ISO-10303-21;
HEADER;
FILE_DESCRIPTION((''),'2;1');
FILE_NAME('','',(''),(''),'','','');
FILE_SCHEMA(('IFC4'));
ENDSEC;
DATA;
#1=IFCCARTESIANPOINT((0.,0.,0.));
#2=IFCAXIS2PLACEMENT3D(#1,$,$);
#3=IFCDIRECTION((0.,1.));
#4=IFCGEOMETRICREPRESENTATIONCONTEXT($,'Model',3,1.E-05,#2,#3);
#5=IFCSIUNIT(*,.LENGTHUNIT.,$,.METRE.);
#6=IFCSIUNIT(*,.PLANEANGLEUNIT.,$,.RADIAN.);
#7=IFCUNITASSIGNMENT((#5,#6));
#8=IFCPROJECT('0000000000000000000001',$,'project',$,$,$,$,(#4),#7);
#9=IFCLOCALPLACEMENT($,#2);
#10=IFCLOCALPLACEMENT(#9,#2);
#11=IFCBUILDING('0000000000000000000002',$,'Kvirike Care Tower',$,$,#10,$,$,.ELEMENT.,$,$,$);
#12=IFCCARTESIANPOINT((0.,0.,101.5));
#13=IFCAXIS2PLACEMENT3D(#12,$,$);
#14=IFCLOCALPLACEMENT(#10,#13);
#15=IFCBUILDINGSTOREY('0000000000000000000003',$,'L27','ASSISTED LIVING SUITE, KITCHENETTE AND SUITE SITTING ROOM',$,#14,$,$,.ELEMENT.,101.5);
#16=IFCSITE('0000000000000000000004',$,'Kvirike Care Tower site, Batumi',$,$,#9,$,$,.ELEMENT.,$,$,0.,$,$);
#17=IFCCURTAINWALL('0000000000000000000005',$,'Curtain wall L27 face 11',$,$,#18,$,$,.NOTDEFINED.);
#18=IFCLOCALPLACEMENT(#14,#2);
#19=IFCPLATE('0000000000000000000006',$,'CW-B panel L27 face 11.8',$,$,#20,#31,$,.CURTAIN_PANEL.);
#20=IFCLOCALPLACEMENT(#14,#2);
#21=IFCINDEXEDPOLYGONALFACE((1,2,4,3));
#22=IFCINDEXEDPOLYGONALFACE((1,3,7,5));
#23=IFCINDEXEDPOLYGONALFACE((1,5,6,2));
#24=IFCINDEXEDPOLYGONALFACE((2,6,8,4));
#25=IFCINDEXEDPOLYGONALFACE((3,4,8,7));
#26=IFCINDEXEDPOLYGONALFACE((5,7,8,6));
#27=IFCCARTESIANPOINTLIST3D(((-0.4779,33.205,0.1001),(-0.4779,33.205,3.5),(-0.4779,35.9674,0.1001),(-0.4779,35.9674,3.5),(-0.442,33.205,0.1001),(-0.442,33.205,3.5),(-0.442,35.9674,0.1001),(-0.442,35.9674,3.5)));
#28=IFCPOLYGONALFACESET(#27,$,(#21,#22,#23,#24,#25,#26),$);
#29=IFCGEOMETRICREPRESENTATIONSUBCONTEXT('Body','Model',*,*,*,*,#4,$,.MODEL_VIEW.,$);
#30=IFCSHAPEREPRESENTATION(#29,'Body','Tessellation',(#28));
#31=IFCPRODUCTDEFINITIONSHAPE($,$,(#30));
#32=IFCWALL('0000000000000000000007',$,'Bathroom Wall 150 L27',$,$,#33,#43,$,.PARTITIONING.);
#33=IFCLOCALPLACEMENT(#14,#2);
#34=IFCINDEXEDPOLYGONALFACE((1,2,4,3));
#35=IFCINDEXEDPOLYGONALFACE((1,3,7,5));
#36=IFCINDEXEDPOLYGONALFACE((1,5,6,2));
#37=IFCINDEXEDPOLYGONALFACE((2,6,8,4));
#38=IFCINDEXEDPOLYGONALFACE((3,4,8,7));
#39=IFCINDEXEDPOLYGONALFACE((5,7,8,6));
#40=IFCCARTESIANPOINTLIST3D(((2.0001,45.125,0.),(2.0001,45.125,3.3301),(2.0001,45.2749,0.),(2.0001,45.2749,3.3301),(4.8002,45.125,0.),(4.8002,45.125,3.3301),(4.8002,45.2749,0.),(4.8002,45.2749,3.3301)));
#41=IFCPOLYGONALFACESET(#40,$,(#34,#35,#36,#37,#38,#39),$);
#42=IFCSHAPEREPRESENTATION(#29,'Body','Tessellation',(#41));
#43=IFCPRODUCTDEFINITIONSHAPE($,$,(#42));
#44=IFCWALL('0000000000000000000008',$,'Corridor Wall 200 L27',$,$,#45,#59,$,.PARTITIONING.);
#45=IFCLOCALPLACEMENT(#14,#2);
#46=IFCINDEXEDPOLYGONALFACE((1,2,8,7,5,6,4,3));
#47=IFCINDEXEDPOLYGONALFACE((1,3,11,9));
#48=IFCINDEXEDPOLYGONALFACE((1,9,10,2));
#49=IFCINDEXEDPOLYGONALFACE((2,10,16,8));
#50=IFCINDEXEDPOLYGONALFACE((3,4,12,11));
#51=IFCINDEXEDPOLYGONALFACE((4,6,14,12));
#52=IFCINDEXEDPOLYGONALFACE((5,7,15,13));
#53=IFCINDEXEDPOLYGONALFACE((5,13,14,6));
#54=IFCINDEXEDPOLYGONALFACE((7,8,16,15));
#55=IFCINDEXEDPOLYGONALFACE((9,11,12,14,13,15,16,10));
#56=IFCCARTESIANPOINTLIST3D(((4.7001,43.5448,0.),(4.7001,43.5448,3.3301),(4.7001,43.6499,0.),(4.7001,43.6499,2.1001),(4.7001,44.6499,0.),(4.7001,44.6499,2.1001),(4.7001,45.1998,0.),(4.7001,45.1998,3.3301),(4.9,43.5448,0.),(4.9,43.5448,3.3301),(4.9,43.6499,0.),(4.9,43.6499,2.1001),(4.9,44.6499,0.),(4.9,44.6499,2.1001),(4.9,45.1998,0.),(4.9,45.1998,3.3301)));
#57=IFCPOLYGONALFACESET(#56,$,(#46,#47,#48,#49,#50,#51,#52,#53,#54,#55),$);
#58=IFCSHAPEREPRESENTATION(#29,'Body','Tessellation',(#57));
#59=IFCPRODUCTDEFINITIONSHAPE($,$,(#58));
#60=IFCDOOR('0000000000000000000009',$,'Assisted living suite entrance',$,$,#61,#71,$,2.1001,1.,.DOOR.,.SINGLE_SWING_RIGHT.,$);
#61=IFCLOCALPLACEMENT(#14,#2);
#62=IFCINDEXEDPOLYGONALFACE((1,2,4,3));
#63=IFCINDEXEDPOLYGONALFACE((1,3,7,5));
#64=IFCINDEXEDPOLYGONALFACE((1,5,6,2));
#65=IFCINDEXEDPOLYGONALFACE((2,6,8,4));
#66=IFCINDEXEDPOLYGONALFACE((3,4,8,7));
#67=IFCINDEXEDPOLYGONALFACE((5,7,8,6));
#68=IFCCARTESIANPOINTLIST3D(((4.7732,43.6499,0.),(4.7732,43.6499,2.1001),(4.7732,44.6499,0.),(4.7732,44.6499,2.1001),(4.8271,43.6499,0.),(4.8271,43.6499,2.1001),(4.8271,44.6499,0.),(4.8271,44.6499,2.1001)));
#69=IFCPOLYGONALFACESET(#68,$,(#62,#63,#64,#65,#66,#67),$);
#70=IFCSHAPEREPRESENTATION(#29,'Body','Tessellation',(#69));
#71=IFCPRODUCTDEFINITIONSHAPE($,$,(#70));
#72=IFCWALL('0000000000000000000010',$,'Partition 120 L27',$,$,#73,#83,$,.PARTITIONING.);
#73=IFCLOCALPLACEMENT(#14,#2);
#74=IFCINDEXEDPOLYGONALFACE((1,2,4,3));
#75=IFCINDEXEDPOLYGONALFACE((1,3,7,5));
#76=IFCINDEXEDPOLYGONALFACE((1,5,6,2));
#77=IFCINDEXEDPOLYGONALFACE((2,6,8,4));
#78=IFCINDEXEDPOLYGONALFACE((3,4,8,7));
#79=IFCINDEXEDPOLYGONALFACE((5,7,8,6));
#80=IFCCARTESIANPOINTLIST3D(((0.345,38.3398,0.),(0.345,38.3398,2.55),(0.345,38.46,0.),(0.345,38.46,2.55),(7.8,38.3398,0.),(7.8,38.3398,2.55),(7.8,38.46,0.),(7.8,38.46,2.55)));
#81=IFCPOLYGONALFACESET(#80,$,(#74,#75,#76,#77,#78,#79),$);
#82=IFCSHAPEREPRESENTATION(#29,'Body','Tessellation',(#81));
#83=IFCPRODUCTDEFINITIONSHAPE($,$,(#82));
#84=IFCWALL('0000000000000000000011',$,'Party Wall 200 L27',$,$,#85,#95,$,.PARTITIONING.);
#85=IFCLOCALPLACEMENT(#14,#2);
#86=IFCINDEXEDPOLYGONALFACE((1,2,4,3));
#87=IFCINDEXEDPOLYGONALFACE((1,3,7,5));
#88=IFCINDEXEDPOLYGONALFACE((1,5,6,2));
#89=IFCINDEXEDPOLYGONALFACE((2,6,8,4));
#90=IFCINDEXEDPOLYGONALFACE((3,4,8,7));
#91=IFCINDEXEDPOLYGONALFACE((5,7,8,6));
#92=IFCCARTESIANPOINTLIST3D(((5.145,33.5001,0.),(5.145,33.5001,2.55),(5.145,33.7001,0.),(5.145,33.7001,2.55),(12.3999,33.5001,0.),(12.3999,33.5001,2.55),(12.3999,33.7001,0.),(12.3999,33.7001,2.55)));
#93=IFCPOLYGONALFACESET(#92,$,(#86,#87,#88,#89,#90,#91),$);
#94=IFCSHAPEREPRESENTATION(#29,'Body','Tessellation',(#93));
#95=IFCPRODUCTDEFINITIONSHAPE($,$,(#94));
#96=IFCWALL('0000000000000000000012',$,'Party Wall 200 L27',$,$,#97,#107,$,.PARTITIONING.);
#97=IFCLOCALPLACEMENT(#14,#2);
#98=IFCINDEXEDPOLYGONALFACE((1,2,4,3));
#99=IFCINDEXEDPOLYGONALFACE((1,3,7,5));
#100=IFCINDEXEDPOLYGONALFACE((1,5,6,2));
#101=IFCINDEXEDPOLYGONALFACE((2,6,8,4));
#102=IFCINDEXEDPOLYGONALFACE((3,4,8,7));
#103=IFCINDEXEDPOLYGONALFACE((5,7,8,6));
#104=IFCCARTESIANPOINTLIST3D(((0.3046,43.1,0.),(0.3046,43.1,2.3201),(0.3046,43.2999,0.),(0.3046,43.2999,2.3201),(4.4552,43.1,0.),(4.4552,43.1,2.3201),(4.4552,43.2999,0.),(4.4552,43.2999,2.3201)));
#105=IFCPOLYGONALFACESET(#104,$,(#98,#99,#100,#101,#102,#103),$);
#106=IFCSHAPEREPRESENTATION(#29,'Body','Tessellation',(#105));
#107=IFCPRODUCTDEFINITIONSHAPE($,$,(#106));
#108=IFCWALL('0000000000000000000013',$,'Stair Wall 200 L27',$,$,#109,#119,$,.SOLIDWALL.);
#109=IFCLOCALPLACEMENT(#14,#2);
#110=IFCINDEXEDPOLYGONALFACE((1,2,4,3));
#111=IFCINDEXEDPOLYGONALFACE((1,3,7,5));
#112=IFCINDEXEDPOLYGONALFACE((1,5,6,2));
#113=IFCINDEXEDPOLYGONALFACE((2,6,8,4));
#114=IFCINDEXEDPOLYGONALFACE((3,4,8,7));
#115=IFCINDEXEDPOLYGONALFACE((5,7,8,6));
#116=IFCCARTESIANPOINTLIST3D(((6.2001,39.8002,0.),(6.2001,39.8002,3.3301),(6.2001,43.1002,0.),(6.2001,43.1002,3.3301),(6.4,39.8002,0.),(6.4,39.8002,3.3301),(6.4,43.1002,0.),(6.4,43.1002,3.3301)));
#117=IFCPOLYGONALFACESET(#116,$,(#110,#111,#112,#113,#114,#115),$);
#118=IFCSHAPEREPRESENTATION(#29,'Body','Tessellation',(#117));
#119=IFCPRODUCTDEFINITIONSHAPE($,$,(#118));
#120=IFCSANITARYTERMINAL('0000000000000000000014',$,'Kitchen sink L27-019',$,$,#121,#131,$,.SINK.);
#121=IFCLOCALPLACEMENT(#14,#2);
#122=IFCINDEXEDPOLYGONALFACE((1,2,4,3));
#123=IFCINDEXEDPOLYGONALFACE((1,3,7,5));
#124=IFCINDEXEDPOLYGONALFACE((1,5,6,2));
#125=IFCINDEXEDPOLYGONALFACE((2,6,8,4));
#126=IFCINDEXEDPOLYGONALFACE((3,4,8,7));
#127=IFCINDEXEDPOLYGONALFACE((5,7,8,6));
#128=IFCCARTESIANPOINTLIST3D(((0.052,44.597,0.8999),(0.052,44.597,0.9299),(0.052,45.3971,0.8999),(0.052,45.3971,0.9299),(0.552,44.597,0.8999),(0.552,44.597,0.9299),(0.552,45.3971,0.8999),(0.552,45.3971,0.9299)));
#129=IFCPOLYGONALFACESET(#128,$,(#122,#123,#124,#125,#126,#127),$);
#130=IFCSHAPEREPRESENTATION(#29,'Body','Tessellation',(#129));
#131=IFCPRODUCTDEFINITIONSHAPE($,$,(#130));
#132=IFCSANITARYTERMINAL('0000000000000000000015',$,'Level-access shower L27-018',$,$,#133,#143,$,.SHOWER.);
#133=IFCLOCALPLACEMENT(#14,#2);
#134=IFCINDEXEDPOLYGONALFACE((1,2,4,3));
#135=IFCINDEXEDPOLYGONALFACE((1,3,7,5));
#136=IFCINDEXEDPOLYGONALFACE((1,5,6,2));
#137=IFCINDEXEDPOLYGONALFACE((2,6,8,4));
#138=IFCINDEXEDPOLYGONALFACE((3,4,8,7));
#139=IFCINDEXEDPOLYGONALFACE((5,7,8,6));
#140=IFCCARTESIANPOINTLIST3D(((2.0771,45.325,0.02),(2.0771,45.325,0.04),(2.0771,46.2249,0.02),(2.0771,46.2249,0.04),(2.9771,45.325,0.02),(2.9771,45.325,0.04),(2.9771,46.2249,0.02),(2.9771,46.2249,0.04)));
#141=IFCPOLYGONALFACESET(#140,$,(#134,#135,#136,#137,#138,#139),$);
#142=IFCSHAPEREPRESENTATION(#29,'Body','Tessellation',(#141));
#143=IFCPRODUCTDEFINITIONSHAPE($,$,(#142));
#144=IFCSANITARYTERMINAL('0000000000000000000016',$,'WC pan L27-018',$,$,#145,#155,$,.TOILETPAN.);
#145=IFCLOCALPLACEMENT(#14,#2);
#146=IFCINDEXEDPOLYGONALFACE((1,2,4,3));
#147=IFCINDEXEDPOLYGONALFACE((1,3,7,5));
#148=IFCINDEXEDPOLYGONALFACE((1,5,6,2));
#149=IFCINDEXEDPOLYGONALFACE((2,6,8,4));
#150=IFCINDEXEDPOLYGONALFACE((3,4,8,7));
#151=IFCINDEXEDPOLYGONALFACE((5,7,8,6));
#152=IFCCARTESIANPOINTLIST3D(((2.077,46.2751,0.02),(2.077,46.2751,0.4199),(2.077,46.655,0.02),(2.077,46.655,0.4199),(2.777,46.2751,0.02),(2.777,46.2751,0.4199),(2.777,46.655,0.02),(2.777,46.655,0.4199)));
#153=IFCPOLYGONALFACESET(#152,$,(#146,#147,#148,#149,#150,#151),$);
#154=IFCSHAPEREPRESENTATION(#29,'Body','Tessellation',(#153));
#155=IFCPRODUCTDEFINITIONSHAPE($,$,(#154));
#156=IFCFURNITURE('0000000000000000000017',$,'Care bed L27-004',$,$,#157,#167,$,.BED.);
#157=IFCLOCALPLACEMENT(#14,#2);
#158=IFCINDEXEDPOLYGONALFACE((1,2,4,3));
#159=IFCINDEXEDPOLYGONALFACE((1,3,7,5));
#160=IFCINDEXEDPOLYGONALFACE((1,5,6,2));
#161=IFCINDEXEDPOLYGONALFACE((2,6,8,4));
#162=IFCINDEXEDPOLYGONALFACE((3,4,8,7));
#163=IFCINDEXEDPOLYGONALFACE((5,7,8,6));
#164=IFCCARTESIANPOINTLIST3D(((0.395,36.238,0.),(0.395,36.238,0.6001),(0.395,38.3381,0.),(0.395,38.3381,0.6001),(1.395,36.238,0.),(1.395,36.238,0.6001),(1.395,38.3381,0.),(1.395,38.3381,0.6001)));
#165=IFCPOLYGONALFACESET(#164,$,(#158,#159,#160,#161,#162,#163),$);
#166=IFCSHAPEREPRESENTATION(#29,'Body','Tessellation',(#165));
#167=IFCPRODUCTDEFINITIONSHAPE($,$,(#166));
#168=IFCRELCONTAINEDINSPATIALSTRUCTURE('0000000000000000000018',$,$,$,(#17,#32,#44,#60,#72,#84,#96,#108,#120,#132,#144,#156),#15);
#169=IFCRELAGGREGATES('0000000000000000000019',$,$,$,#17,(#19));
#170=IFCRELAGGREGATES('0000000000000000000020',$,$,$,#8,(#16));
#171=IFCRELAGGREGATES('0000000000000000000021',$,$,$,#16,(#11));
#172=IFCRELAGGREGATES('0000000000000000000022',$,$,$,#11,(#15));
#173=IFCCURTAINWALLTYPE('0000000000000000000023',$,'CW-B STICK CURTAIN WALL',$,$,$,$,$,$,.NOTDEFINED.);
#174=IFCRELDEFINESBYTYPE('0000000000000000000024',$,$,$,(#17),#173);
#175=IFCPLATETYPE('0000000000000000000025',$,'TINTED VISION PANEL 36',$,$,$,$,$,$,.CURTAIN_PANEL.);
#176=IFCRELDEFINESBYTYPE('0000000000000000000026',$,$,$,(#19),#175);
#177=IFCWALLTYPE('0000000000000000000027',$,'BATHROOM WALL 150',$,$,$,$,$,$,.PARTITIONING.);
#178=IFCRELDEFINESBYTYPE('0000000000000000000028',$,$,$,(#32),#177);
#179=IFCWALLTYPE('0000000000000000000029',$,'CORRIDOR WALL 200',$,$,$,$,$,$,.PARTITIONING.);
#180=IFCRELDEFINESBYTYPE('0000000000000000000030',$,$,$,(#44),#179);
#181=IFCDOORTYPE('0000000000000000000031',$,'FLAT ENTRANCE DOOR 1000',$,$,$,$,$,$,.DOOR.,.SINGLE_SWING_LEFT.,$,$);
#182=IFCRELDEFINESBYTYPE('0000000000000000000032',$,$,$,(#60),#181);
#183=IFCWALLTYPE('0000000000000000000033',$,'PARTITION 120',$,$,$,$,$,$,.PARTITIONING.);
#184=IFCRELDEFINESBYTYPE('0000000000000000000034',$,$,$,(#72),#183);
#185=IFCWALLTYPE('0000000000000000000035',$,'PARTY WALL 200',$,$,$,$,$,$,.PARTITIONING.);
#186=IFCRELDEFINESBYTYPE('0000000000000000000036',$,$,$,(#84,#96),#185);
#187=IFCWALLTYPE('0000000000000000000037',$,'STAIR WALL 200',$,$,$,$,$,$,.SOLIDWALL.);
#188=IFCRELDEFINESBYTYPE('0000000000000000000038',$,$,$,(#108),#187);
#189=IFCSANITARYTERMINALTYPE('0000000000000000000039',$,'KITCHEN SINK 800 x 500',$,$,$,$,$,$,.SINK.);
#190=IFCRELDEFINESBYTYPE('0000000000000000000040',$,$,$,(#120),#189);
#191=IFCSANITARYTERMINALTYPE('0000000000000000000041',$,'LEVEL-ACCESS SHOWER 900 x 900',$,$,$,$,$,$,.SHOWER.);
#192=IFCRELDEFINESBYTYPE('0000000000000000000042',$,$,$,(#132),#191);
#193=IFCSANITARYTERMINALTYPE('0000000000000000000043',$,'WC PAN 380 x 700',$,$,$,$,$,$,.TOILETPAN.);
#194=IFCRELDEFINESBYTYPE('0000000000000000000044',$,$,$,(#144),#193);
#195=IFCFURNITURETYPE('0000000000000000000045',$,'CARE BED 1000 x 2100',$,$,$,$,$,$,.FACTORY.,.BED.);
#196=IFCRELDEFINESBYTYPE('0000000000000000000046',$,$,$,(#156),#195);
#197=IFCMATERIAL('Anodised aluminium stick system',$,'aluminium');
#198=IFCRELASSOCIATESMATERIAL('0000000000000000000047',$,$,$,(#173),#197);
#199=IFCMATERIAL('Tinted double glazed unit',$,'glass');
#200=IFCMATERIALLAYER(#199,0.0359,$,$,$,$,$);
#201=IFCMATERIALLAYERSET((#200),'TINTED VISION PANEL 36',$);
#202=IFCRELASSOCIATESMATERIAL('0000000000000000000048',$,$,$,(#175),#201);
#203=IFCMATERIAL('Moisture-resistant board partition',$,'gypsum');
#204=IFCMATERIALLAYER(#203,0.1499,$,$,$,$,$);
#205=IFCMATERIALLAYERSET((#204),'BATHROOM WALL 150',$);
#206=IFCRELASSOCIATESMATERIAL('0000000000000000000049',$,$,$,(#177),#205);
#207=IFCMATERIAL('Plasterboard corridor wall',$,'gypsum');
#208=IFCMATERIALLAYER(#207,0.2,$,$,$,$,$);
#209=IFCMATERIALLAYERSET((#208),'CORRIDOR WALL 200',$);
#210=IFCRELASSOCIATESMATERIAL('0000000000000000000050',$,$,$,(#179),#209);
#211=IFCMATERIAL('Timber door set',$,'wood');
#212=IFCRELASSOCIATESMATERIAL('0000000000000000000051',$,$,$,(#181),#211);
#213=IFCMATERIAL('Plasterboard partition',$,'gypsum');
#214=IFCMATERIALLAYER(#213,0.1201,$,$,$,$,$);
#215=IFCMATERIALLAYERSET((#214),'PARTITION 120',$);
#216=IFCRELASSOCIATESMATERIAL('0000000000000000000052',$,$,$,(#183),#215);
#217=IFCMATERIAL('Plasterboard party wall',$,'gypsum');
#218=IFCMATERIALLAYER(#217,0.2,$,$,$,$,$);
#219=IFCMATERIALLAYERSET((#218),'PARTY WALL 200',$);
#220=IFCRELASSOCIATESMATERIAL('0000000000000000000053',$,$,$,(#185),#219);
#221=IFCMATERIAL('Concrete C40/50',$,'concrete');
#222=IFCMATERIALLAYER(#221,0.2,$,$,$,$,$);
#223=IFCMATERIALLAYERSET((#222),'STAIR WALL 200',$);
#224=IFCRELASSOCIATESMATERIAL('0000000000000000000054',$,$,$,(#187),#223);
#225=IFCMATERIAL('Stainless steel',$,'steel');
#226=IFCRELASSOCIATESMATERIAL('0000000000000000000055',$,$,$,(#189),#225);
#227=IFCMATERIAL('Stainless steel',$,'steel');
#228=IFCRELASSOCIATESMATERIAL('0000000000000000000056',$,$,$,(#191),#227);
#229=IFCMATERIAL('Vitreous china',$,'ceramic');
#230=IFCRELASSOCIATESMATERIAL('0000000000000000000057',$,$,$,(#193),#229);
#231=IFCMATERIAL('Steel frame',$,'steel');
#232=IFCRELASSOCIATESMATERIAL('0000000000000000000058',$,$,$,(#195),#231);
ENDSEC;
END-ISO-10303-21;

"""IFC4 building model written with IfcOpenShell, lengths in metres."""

from ifc_helpers import new_model, si_unit, direction, frame, frame_2d, origin, origin_2d, place, context, subcontext, project, spatial, rectangle, extrude, material, layer, layer_set, type_object, element, fill, aggregate, save


model = new_model("IFC4")

# Units and contexts
model_context = context("Model", 3, precision=1e-05, world=origin(), true_north=direction((0.0, 1.0)))
body_context = subcontext(model_context, "Body", "Model", "MODEL_VIEW")
ifc_project = project(units=[si_unit("LENGTHUNIT", "METRE"), si_unit("PLANEANGLEUNIT", "RADIAN")], contexts=[model_context])

# Site, building, storey
site_placement = place(None, origin())
site = spatial("IfcSite", under=ifc_project, at=site_placement, Name="Kvirike Care Tower site, Batumi", CompositionType="ELEMENT", RefElevation=0.0)
building_placement = place(site_placement, origin())
building = spatial("IfcBuilding", under=site, at=building_placement, Name="Kvirike Care Tower", CompositionType="ELEMENT")
storey_placement = place(building_placement, frame((0.0, 0.0, 101.5)))
storey = spatial("IfcBuildingStorey", under=building, at=storey_placement, Name="L27", Description="ASSISTED LIVING SUITE, KITCHENETTE AND SUITE SITTING ROOM", CompositionType="ELEMENT", Elevation=101.5)

# Curtain wall
ifc_material_1 = material(Name="Anodised aluminium stick system", Category="aluminium")
curtain_wall_type = type_object("IfcCurtainWallType", Name="CW-B STICK CURTAIN WALL", PredefinedType="NOTDEFINED", material=ifc_material_1)
curtain_wall_placement = place(storey_placement, origin())
curtain_wall = element("IfcCurtainWall", 1, at=curtain_wall_placement, inside=storey, type_object=curtain_wall_type, Name="Curtain wall L27 face 11", PredefinedType="NOTDEFINED")

# Plate
ifc_material_2 = material(Name="Tinted double glazed unit", Category="glass")
ifc_layer_1 = layer(ifc_material_2, 0.0359)
ifc_layer_set_1 = layer_set([ifc_layer_1], Name="TINTED VISION PANEL 36")
plate_type = type_object("IfcPlateType", Name="TINTED VISION PANEL 36", PredefinedType="CURTAIN_PANEL", material=ifc_layer_set_1)
plate_1_placement = place(storey_placement, frame((-0.46, 34.5862, 0.1001), z_axis=(0.0, 0.0, 1.0), x_axis=(0.0, -1.0, 0.0)))
plate_1 = element("IfcPlate", 2, at=plate_1_placement, type_object=plate_type, Name="CW-B panel L27 face 11.8", PredefinedType="CURTAIN_PANEL", context=body_context, shape_type="SweptSolid", body=[
    extrude(rectangle(XDim=2.7625, YDim=0.0359, at=origin_2d()), origin(), (0.0, 0.0, 1.0), 3.3999),
])
aggregate(curtain_wall, [plate_1])

# Wall
ifc_material_3 = material(Name="Moisture-resistant board partition", Category="gypsum")
ifc_layer_2 = layer(ifc_material_3, 0.1499)
ifc_layer_set_2 = layer_set([ifc_layer_2], Name="BATHROOM WALL 150")
wall_type_1 = type_object("IfcWallType", Name="BATHROOM WALL 150", PredefinedType="PARTITIONING", material=ifc_layer_set_2)
wall_1_placement = place(storey_placement, frame((4.8, 45.2, 0.0), z_axis=(0.0, 0.0, 1.0), x_axis=(-1.0, 0.0, 0.0)))
element("IfcWall", 3, at=wall_1_placement, inside=storey, type_object=wall_type_1, Name="Bathroom Wall 150 L27", PredefinedType="PARTITIONING", context=body_context, shape_type="SweptSolid", body=[
    extrude(rectangle(XDim=2.8, YDim=0.1499, at=frame_2d((1.3999, 0.0))), origin(), (0.0, 0.0, 1.0), 3.3301),
])

# Wall, opening, door
ifc_material_4 = material(Name="Plasterboard corridor wall", Category="gypsum")
ifc_layer_3 = layer(ifc_material_4, 0.2)
ifc_layer_set_3 = layer_set([ifc_layer_3], Name="CORRIDOR WALL 200")
wall_type_2 = type_object("IfcWallType", Name="CORRIDOR WALL 200", PredefinedType="PARTITIONING", material=ifc_layer_set_3)
wall_2_placement = place(storey_placement, frame((4.8, 45.2, 0.0), z_axis=(0.0, 0.0, 1.0), x_axis=(0.0, -1.0, 0.0)))
wall_2 = element("IfcWall", 4, at=wall_2_placement, inside=storey, type_object=wall_type_2, Name="Corridor Wall 200 L27", PredefinedType="PARTITIONING", context=body_context, shape_type="SweptSolid", body=[
    extrude(rectangle(XDim=1.655, YDim=0.2, at=frame_2d((0.8276, 0.0))), origin(), (0.0, 0.0, 1.0), 3.3301),
])
opening_placement = place(wall_2_placement, frame((0.55, 0.0, 0.0)))
opening = element("IfcOpeningElement", 5, at=opening_placement, cuts=wall_2, PredefinedType="OPENING", context=body_context, shape_type="SweptSolid", body=[
    extrude(rectangle(XDim=1.0, YDim=2.1001, at=frame_2d((0.5, 1.05))), frame((0.0, 0.1106, 0.0), z_axis=(0.0, -1.0, 0.0), x_axis=(1.0, 0.0, 0.0)), (0.0, 0.0, 1.0), 0.2209),
])
ifc_material_5 = material(Name="Timber door set", Category="wood")
door_type = type_object("IfcDoorType", Name="FLAT ENTRANCE DOOR 1000", OperationType="SINGLE_SWING_LEFT", PredefinedType="DOOR", material=ifc_material_5)
door_placement = place(opening_placement, frame((1.0, 0.0, 0.0), z_axis=(0.0, 0.0, 1.0), x_axis=(-1.0, 0.0, 0.0)))
door = element("IfcDoor", 6, at=door_placement, inside=storey, type_object=door_type, Name="Assisted living suite entrance", OperationType="SINGLE_SWING_RIGHT", OverallHeight=2.1001, OverallWidth=1.0, PredefinedType="DOOR", context=body_context, shape_type="SweptSolid", body=[
    extrude(rectangle(XDim=1.0, YDim=2.1001, at=frame_2d((0.5, 1.05))), frame((0.0, 0.0269, 0.0), z_axis=(0.0, -1.0, 0.0), x_axis=(1.0, 0.0, 0.0)), (0.0, 0.0, 1.0), 0.054),
])
fill(opening, door)

# Walls
ifc_material_6 = material(Name="Plasterboard partition", Category="gypsum")
ifc_layer_4 = layer(ifc_material_6, 0.1201)
ifc_layer_set_4 = layer_set([ifc_layer_4], Name="PARTITION 120")
wall_type_3 = type_object("IfcWallType", Name="PARTITION 120", PredefinedType="PARTITIONING", material=ifc_layer_set_4)
wall_3_placement = place(storey_placement, frame((0.345, 38.3999, 0.0), z_axis=(0.0, 0.0, 1.0), x_axis=(1.0, 0.0, 0.0)))
element("IfcWall", 7, at=wall_3_placement, inside=storey, type_object=wall_type_3, Name="Partition 120 L27", PredefinedType="PARTITIONING", context=body_context, shape_type="SweptSolid", body=[
    extrude(rectangle(XDim=7.4551, YDim=0.1201, at=frame_2d((3.7275, 0.0))), origin(), (0.0, 0.0, 1.0), 2.55),
])
ifc_material_7 = material(Name="Plasterboard party wall", Category="gypsum")
ifc_layer_5 = layer(ifc_material_7, 0.2)
ifc_layer_set_5 = layer_set([ifc_layer_5], Name="PARTY WALL 200")
wall_type_4 = type_object("IfcWallType", Name="PARTY WALL 200", PredefinedType="PARTITIONING", material=ifc_layer_set_5)
wall_4_placement = place(storey_placement, frame((5.145, 33.6001, 0.0), z_axis=(0.0, 0.0, 1.0), x_axis=(1.0, 0.0, 0.0)))
element("IfcWall", 8, at=wall_4_placement, inside=storey, type_object=wall_type_4, Name="Party Wall 200 L27", PredefinedType="PARTITIONING", context=body_context, shape_type="SweptSolid", body=[
    extrude(rectangle(XDim=7.2549, YDim=0.2, at=frame_2d((3.6274, 0.0))), origin(), (0.0, 0.0, 1.0), 2.55),
])
wall_5_placement = place(storey_placement, frame((4.4551, 43.2, 0.0), z_axis=(0.0, 0.0, 1.0), x_axis=(-1.0, 0.0, 0.0)))
element("IfcWall", 9, at=wall_5_placement, inside=storey, type_object=wall_type_4, Name="Party Wall 200 L27", PredefinedType="PARTITIONING", context=body_context, shape_type="SweptSolid", body=[
    extrude(rectangle(XDim=4.1506, YDim=0.2, at=frame_2d((2.0752, 0.0))), origin(), (0.0, 0.0, 1.0), 2.3201),
])
ifc_material_8 = material(Name="Concrete C40/50", Category="concrete")
ifc_layer_6 = layer(ifc_material_8, 0.2)
ifc_layer_set_6 = layer_set([ifc_layer_6], Name="STAIR WALL 200")
wall_type_5 = type_object("IfcWallType", Name="STAIR WALL 200", PredefinedType="SOLIDWALL", material=ifc_layer_set_6)
wall_6_placement = place(storey_placement, frame((6.3, 43.1001, 0.0), z_axis=(0.0, 0.0, 1.0), x_axis=(0.0, -1.0, 0.0)))
element("IfcWall", 10, at=wall_6_placement, inside=storey, type_object=wall_type_5, Name="Stair Wall 200 L27", PredefinedType="SOLIDWALL", context=body_context, shape_type="SweptSolid", body=[
    extrude(rectangle(XDim=3.3, YDim=0.2, at=frame_2d((1.6499, 0.0))), origin(), (0.0, 0.0, 1.0), 3.3301),
])

# Sanitary terminals
ifc_material_9 = material(Name="Stainless steel", Category="steel")
sanitary_terminal_type_1 = type_object("IfcSanitaryTerminalType", Name="KITCHEN SINK 800 x 500", PredefinedType="SINK", material=ifc_material_9)
sanitary_terminal_1_placement = place(storey_placement, frame((0.302, 44.9971, 0.8999), z_axis=(0.0, 0.0, 1.0), x_axis=(0.0, 1.0, 0.0)))
element("IfcSanitaryTerminal", 11, at=sanitary_terminal_1_placement, inside=storey, type_object=sanitary_terminal_type_1, Name="Kitchen sink L27-019", PredefinedType="SINK", context=body_context, shape_type="SweptSolid", body=[
    extrude(rectangle(XDim=0.8, YDim=0.5, at=origin_2d()), origin(), (0.0, 0.0, 1.0), 0.03),
])
ifc_material_10 = material(Name="Stainless steel", Category="steel")
sanitary_terminal_type_2 = type_object("IfcSanitaryTerminalType", Name="LEVEL-ACCESS SHOWER 900 x 900", PredefinedType="SHOWER", material=ifc_material_10)
sanitary_terminal_2_placement = place(storey_placement, frame((2.5271, 45.7749, 0.02), z_axis=(0.0, 0.0, 1.0), x_axis=(0.0, 1.0, 0.0)))
element("IfcSanitaryTerminal", 12, at=sanitary_terminal_2_placement, inside=storey, type_object=sanitary_terminal_type_2, Name="Level-access shower L27-018", PredefinedType="SHOWER", context=body_context, shape_type="SweptSolid", body=[
    extrude(rectangle(XDim=0.8999, YDim=0.8999, at=origin_2d()), origin(), (0.0, 0.0, 1.0), 0.02),
])
ifc_material_11 = material(Name="Vitreous china", Category="ceramic")
sanitary_terminal_type_3 = type_object("IfcSanitaryTerminalType", Name="WC PAN 380 x 700", PredefinedType="TOILETPAN", material=ifc_material_11)
sanitary_terminal_3_placement = place(storey_placement, frame((2.427, 46.4651, 0.02), z_axis=(0.0, 0.0, 1.0), x_axis=(0.0, 1.0, 0.0)))
element("IfcSanitaryTerminal", 13, at=sanitary_terminal_3_placement, inside=storey, type_object=sanitary_terminal_type_3, Name="WC pan L27-018", PredefinedType="TOILETPAN", context=body_context, shape_type="SweptSolid", body=[
    extrude(rectangle(XDim=0.3799, YDim=0.7, at=origin_2d()), origin(), (0.0, 0.0, 1.0), 0.3999),
])

# Furniture
ifc_material_12 = material(Name="Steel frame", Category="steel")
furniture_type_1 = type_object("IfcFurnitureType", Name="CARE BED 1000 x 2100", AssemblyPlace="FACTORY", PredefinedType="BED", material=ifc_material_12)
furniture_1_placement = place(storey_placement, frame((0.895, 37.2881, 0.0), z_axis=(0.0, 0.0, 1.0), x_axis=(1.0, 0.0, 0.0)))
element("IfcFurniture", 14, at=furniture_1_placement, inside=storey, type_object=furniture_type_1, Name="Care bed L27-004", PredefinedType="BED", context=body_context, shape_type="SweptSolid", body=[
    extrude(rectangle(XDim=1.0, YDim=2.1001, at=origin_2d()), origin(), (0.0, 0.0, 1.0), 0.6001),
])

save(model, "model.ifc")
